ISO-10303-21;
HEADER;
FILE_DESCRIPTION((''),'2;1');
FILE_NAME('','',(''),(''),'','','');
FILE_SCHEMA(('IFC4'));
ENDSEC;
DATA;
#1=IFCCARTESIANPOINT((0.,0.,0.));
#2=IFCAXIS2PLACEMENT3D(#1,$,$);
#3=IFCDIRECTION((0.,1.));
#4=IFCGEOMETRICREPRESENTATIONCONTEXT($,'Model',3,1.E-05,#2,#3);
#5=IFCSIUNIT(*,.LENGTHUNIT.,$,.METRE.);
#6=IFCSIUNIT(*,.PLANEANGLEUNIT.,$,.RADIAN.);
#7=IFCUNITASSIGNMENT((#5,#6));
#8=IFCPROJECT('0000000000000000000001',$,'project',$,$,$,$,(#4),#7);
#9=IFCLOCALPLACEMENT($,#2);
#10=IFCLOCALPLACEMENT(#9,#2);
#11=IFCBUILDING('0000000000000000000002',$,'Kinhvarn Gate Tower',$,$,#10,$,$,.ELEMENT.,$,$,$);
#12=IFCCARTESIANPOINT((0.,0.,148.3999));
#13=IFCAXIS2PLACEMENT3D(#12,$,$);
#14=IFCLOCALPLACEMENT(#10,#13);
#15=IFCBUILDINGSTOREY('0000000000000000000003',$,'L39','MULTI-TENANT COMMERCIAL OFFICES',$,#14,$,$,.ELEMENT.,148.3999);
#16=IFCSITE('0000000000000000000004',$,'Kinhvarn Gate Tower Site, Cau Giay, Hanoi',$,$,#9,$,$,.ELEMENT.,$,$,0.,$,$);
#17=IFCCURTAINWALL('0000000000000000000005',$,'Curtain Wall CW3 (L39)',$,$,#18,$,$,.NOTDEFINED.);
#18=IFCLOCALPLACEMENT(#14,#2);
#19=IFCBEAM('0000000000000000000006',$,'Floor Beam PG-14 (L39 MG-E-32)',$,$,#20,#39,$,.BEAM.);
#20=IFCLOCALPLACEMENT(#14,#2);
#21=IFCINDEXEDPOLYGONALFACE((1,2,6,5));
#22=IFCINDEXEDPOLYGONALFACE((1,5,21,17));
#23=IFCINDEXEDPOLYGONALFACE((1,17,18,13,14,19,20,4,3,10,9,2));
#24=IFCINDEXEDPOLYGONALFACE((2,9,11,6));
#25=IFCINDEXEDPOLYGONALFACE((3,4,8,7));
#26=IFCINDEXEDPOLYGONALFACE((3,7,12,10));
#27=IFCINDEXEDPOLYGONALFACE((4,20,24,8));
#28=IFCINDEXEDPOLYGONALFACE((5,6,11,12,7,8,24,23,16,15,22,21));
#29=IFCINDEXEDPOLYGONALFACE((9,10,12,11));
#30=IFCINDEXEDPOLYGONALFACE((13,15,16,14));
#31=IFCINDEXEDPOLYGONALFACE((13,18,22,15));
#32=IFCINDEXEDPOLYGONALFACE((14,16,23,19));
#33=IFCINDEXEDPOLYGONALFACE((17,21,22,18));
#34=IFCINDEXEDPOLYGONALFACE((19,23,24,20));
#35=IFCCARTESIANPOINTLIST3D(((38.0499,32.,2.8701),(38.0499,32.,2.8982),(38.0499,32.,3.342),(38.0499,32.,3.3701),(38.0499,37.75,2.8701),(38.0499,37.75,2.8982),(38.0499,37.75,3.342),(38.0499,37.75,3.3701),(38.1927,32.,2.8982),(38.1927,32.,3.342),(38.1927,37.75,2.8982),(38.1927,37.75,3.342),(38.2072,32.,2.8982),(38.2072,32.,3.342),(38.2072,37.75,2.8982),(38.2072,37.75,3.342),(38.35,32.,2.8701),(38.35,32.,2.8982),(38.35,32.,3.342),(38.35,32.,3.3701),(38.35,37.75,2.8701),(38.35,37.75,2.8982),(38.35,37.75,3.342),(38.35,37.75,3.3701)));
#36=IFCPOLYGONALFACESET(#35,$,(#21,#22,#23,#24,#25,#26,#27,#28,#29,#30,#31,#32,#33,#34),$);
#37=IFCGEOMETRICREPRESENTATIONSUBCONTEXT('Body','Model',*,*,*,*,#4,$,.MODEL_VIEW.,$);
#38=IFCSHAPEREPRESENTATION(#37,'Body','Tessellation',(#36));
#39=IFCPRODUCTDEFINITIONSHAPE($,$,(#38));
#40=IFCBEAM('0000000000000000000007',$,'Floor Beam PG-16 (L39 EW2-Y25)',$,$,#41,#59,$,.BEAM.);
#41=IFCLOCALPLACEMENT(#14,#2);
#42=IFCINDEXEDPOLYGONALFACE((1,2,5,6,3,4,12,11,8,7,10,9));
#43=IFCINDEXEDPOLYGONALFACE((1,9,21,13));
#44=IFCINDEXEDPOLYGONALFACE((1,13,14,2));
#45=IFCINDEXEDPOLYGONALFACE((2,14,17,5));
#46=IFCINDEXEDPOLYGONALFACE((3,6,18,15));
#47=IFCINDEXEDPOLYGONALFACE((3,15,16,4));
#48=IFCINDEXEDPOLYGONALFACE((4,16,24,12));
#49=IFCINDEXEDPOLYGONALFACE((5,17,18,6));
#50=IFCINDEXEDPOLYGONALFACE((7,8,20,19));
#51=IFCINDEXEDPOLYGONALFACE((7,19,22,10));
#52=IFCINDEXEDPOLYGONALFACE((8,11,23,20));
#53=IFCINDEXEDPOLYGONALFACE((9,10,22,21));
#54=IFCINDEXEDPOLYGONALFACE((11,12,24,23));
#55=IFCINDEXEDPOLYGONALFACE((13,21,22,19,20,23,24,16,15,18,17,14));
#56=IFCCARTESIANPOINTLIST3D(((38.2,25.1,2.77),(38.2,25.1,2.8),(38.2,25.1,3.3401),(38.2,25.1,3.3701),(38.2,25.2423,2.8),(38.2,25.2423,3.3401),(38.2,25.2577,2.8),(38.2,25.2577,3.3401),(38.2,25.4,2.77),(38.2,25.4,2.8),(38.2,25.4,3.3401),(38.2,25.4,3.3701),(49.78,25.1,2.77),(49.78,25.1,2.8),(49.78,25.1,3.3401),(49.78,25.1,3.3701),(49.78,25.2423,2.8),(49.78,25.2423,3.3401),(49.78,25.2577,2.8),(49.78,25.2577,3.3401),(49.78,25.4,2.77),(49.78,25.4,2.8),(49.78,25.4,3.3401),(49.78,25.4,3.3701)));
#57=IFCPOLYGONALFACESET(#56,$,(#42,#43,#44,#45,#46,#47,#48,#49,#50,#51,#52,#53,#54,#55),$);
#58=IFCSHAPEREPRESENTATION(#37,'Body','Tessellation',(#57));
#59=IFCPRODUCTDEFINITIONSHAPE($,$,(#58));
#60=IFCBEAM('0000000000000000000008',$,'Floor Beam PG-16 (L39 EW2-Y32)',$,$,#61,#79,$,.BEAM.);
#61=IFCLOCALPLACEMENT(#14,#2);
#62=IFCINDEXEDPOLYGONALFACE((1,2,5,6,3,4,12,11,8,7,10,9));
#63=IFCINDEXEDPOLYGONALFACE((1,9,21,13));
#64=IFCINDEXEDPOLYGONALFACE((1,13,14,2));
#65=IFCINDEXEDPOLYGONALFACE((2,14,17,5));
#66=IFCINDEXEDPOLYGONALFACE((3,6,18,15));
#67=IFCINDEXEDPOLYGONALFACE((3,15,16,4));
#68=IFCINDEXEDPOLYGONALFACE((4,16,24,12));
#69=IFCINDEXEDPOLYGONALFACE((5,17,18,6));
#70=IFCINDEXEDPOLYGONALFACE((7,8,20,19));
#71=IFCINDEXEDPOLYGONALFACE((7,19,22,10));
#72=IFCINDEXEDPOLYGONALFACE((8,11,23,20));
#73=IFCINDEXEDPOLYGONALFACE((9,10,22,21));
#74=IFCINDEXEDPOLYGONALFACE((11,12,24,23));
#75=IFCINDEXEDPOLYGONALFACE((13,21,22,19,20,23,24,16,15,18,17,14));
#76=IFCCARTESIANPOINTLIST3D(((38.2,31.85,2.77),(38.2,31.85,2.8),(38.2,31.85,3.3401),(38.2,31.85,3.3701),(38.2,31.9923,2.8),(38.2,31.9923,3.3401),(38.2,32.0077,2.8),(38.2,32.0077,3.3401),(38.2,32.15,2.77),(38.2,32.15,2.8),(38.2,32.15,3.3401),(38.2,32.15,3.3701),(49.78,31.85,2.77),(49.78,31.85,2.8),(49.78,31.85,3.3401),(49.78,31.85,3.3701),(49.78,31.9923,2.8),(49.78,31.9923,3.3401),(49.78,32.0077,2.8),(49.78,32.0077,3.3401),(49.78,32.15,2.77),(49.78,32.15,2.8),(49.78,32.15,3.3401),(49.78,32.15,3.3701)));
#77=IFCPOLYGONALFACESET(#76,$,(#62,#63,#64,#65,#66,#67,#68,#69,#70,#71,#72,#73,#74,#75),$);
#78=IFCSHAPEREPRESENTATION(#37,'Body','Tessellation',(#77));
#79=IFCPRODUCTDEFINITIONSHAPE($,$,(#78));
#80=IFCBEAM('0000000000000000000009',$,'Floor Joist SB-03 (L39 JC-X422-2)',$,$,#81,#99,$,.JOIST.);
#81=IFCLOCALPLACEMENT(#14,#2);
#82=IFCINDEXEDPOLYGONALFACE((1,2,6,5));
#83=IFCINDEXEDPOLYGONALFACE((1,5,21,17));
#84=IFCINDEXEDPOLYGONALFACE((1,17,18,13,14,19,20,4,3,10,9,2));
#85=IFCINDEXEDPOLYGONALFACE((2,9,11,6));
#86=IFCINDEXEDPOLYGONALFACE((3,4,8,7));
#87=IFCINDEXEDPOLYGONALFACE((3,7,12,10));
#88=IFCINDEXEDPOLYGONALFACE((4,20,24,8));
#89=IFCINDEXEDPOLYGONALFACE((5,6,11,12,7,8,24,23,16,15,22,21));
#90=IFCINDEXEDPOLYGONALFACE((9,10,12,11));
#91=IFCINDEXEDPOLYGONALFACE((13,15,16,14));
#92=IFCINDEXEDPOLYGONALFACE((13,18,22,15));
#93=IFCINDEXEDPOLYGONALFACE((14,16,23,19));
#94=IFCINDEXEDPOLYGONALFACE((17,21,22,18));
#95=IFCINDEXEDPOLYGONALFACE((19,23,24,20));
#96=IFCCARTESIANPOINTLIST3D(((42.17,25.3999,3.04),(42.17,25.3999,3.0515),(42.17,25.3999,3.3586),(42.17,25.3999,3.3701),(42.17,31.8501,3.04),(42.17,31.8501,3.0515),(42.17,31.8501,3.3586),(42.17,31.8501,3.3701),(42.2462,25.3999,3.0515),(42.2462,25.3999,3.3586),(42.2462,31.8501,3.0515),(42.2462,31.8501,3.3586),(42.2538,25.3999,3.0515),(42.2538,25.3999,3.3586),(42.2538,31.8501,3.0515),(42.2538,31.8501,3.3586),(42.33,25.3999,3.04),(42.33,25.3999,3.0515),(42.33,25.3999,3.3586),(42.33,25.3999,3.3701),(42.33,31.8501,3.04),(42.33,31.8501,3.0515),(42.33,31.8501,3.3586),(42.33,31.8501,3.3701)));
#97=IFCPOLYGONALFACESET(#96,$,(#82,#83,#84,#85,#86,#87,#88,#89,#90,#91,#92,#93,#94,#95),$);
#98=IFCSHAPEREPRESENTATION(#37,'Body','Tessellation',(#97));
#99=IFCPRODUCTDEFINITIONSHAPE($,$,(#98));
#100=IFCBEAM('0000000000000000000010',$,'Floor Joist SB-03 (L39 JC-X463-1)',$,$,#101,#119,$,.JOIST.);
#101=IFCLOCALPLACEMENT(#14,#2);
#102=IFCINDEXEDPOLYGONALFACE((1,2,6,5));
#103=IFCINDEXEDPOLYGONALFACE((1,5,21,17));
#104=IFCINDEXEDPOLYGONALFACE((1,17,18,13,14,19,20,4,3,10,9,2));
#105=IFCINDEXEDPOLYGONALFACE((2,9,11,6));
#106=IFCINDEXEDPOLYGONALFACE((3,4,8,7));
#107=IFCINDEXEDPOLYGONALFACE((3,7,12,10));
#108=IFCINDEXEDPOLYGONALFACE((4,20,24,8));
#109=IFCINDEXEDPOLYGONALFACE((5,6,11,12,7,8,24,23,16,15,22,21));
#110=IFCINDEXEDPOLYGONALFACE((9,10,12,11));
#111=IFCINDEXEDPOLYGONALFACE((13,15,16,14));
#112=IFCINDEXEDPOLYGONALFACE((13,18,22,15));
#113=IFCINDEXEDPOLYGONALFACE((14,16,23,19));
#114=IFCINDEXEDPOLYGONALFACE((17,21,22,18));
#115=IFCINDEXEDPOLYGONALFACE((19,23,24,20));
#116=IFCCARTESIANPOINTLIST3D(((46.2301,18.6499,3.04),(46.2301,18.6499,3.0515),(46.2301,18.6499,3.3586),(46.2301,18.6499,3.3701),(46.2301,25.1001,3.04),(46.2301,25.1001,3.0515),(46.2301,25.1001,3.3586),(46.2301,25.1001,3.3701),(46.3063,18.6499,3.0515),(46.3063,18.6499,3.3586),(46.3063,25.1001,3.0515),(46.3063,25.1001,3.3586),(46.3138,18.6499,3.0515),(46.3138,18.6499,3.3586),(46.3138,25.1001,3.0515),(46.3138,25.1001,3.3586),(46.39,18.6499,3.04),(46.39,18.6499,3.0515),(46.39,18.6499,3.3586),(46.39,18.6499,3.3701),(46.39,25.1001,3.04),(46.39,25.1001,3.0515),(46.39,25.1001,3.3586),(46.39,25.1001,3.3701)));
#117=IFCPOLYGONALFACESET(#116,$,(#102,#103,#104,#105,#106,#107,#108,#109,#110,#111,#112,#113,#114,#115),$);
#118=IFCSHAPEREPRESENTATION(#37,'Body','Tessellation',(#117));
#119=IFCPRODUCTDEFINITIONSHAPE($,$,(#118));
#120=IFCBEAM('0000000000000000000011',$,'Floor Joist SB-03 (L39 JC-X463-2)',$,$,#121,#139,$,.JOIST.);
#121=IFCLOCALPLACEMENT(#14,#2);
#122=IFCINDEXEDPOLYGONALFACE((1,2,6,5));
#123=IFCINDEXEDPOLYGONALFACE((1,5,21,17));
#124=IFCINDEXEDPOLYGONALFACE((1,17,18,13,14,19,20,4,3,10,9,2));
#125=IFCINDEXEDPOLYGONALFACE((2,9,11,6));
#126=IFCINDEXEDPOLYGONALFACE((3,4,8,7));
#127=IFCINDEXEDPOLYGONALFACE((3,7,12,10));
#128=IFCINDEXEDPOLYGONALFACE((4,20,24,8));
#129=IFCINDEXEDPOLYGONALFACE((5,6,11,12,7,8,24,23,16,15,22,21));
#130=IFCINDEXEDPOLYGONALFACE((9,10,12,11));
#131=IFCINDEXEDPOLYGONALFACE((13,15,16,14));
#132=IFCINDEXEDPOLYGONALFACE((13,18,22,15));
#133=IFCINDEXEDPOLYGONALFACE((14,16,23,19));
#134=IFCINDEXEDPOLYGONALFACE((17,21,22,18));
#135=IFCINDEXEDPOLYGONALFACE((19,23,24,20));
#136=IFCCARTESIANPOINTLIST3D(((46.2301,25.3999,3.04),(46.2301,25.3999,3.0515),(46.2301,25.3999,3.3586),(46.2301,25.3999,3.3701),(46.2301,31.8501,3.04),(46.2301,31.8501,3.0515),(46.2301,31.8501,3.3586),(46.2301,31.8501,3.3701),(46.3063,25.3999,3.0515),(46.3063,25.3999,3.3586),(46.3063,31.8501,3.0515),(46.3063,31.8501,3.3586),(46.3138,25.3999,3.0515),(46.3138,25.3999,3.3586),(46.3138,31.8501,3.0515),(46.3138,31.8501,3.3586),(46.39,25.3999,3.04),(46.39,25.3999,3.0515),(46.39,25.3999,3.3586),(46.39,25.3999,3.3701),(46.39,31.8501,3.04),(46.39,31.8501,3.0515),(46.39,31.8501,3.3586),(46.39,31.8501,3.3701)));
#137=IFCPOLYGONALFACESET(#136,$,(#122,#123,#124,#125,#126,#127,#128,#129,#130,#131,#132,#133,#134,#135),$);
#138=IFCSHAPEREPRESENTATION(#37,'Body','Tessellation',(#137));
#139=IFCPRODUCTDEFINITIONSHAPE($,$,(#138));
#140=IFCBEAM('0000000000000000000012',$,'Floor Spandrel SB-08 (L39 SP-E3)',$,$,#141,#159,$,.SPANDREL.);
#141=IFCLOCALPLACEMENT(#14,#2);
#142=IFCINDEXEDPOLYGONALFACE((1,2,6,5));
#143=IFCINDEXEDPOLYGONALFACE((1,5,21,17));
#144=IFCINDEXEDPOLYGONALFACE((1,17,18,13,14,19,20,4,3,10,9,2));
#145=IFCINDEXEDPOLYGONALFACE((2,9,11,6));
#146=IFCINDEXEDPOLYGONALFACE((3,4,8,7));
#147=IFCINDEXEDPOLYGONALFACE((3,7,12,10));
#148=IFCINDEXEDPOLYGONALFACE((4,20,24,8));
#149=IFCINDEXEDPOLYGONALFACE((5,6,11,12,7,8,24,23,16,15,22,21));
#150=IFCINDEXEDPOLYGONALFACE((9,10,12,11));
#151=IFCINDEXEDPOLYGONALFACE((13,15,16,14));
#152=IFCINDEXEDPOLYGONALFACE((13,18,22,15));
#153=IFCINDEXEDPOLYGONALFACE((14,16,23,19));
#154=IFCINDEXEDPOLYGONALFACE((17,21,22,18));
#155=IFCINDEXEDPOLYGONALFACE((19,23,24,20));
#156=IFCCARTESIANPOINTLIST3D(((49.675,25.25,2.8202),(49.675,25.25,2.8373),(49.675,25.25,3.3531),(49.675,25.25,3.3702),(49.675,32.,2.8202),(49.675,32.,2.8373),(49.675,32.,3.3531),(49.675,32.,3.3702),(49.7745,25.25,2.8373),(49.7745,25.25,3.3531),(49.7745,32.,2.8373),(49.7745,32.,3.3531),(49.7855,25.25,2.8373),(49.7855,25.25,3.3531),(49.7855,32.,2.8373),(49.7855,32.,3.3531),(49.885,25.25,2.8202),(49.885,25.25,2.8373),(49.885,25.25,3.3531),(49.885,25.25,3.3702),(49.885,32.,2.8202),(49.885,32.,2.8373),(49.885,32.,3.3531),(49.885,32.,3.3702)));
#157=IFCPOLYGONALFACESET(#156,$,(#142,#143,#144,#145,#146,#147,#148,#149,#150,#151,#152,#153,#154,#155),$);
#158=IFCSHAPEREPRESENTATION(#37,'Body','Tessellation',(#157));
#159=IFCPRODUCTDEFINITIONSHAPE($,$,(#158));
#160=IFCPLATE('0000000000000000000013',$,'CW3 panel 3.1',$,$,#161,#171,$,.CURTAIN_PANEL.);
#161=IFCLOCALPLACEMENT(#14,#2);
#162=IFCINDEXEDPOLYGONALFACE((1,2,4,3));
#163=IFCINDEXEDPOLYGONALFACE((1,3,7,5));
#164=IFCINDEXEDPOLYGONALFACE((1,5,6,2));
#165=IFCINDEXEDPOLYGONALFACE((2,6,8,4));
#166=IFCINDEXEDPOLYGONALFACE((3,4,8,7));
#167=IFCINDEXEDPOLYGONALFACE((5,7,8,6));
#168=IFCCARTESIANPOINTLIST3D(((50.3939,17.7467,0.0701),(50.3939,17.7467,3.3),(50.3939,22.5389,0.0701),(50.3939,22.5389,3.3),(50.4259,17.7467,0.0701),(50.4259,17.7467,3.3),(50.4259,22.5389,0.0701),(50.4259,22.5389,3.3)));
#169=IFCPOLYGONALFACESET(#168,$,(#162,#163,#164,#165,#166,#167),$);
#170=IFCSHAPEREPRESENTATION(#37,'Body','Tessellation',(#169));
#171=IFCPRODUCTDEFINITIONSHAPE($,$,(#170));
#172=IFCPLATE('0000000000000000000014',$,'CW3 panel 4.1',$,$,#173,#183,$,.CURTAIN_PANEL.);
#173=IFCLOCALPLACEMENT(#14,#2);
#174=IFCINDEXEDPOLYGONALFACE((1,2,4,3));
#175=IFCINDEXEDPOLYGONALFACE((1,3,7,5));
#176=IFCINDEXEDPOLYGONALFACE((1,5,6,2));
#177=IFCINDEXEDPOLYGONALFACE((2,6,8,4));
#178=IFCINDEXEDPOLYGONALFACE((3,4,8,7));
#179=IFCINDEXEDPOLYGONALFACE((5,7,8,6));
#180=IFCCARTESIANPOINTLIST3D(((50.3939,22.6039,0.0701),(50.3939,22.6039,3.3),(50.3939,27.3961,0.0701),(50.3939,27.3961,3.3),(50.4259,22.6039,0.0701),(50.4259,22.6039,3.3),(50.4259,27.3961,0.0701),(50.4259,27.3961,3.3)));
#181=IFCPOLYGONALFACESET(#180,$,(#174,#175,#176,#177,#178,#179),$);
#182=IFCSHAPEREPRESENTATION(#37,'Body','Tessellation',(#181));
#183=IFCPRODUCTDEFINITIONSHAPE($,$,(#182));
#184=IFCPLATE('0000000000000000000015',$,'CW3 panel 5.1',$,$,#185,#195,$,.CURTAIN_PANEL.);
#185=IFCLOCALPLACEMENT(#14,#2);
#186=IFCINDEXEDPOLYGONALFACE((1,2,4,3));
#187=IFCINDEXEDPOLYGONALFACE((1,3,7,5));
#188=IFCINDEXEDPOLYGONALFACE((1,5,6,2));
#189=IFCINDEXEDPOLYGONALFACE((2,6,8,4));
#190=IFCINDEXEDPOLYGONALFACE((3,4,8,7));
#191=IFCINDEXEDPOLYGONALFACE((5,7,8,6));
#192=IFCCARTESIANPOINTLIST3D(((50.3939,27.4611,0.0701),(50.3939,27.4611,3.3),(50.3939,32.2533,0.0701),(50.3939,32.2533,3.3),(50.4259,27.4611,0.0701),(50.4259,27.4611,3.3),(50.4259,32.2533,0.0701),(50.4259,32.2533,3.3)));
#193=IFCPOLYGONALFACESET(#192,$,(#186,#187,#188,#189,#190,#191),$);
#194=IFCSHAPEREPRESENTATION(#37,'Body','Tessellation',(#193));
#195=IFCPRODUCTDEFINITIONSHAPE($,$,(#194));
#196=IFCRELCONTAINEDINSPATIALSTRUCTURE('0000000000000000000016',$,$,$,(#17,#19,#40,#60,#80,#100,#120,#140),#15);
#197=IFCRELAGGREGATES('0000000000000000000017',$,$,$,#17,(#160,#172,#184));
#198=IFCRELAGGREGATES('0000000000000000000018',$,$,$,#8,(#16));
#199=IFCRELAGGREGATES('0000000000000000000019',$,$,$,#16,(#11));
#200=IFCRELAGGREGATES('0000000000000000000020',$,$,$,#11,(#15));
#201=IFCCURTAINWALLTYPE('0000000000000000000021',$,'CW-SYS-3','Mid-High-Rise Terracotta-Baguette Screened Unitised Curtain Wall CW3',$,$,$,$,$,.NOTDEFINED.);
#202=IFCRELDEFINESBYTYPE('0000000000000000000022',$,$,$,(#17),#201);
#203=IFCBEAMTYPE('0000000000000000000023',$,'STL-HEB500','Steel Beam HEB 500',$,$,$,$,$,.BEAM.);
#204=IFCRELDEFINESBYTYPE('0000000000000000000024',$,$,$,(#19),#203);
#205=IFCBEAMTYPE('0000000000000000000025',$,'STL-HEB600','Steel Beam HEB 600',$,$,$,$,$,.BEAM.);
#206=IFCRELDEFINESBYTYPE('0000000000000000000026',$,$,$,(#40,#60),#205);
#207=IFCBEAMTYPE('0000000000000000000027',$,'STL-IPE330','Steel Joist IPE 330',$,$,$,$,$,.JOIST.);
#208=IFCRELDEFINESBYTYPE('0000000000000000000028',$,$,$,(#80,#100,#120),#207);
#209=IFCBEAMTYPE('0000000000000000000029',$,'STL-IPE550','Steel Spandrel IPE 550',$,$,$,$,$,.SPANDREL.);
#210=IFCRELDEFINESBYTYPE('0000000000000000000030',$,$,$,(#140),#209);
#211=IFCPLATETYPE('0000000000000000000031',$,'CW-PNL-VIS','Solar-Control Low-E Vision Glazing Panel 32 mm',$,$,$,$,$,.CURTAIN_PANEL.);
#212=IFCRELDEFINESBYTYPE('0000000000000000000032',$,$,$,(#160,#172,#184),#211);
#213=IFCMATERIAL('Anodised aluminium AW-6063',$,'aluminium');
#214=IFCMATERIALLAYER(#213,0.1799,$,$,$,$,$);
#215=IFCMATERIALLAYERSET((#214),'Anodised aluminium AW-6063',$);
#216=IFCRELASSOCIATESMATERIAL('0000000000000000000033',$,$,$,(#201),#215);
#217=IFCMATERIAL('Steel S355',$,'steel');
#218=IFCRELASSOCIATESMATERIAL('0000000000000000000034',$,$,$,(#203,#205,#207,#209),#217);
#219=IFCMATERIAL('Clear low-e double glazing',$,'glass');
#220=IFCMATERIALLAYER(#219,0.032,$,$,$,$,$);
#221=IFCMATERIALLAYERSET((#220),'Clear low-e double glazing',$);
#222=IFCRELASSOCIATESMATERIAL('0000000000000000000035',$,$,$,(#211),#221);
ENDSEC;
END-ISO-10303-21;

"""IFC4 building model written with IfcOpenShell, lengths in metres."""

from ifc_helpers import new_model, si_unit, direction, frame, origin, origin_2d, place, context, subcontext, project, spatial, rectangle, i_section, extrude, material, layer, layer_set, material_profile, profile_set, type_object, element, aggregate, save


model = new_model("IFC4")

# Units and contexts
model_context = context("Model", 3, precision=1e-05, world=origin(), true_north=direction((0.0, 1.0)))
body_context = subcontext(model_context, "Body", "Model", "MODEL_VIEW")
ifc_project = project(units=[si_unit("LENGTHUNIT", "METRE"), si_unit("PLANEANGLEUNIT", "RADIAN")], contexts=[model_context])

# Site, building, storey
site_placement = place(None, origin())
site = spatial("IfcSite", under=ifc_project, at=site_placement, Name="Kinhvarn Gate Tower Site, Cau Giay, Hanoi", CompositionType="ELEMENT", RefElevation=0.0)
building_placement = place(site_placement, origin())
building = spatial("IfcBuilding", under=site, at=building_placement, Name="Kinhvarn Gate Tower", CompositionType="ELEMENT")
storey_placement = place(building_placement, frame((0.0, 0.0, 148.3999)))
storey = spatial("IfcBuildingStorey", under=building, at=storey_placement, Name="L39", Description="MULTI-TENANT COMMERCIAL OFFICES", CompositionType="ELEMENT", Elevation=148.3999)

# Curtain wall
ifc_material_1 = material(Name="Anodised aluminium AW-6063", Category="aluminium")
ifc_layer_1 = layer(ifc_material_1, 0.1799)
ifc_layer_set_1 = layer_set([ifc_layer_1], Name="Anodised aluminium AW-6063")
curtain_wall_type = type_object("IfcCurtainWallType", Name="CW-SYS-3", Description="Mid-High-Rise Terracotta-Baguette Screened Unitised Curtain Wall CW3", PredefinedType="NOTDEFINED", material=ifc_layer_set_1)
curtain_wall_placement = place(storey_placement, origin())
curtain_wall = element("IfcCurtainWall", 1, at=curtain_wall_placement, inside=storey, type_object=curtain_wall_type, Name="Curtain Wall CW3 (L39)", PredefinedType="NOTDEFINED")

# Beams
ifc_material_2 = material(Name="Steel S355", Category="steel")
ifc_material_profile_1 = material_profile(ifc_material_2, i_section(OverallWidth=0.3, OverallDepth=0.5, WebThickness=0.0144, FlangeThickness=0.0281, at=origin_2d()), Name="HEB 500")
ifc_profile_set_1 = profile_set([ifc_material_profile_1], Name="Steel S355")
beam_type_1 = type_object("IfcBeamType", Name="STL-HEB500", Description="Steel Beam HEB 500", PredefinedType="BEAM", material=ifc_profile_set_1)
beam_1_placement = place(storey_placement, frame((38.2, 32.0, 3.1201), z_axis=(0.0, 1.0, 0.0), x_axis=(-1.0, 0.0, 0.0)))
element("IfcBeam", 2, at=beam_1_placement, inside=storey, type_object=beam_type_1, Name="Floor Beam PG-14 (L39 MG-E-32)", PredefinedType="BEAM", context=body_context, shape_type="SweptSolid", body=[
    extrude(i_section(OverallWidth=0.3, OverallDepth=0.5, WebThickness=0.0144, FlangeThickness=0.0281, at=origin_2d()), origin(), (0.0, 0.0, 1.0), 5.75),
])
ifc_material_profile_2 = material_profile(ifc_material_2, i_section(OverallWidth=0.3, OverallDepth=0.6001, WebThickness=0.0154, FlangeThickness=0.03, at=origin_2d()), Name="HEB 600")
ifc_profile_set_2 = profile_set([ifc_material_profile_2], Name="Steel S355")
beam_type_2 = type_object("IfcBeamType", Name="STL-HEB600", Description="Steel Beam HEB 600", PredefinedType="BEAM", material=ifc_profile_set_2)
for number, where, z_axis, x_axis, name in (
    (3, (38.2, 25.25, 3.0701), (1.0, 0.0, 0.0), (0.0, 1.0, 0.0), "Floor Beam PG-16 (L39 EW2-Y25)"),
    (4, (38.2, 32.0, 3.0701), (1.0, 0.0, 0.0), (0.0, 1.0, 0.0), "Floor Beam PG-16 (L39 EW2-Y32)"),
):
    element("IfcBeam", number, at=place(storey_placement, frame(where, z_axis=z_axis, x_axis=x_axis)), inside=storey, type_object=beam_type_2, Name=name, PredefinedType="BEAM", context=body_context, shape_type="SweptSolid", body=[
        extrude(i_section(OverallWidth=0.3, OverallDepth=0.6001, WebThickness=0.0154, FlangeThickness=0.03, at=origin_2d()), origin(), (0.0, 0.0, 1.0), 11.5801),
    ])
ifc_material_profile_3 = material_profile(ifc_material_2, i_section(OverallWidth=0.1599, OverallDepth=0.3301, WebThickness=0.0076, FlangeThickness=0.0115, at=origin_2d()), Name="IPE 330")
ifc_profile_set_3 = profile_set([ifc_material_profile_3], Name="Steel S355")
beam_type_3 = type_object("IfcBeamType", Name="STL-IPE330", Description="Steel Joist IPE 330", PredefinedType="JOIST", material=ifc_profile_set_3)
for number, where, z_axis, x_axis, name in (
    (5, (42.25, 25.3999, 3.2051), (0.0, 1.0, 0.0), (-1.0, 0.0, 0.0), "Floor Joist SB-03 (L39 JC-X422-2)"),
    (6, (46.3101, 18.6499, 3.2051), (0.0, 1.0, 0.0), (-1.0, 0.0, 0.0), "Floor Joist SB-03 (L39 JC-X463-1)"),
    (7, (46.3101, 25.3999, 3.2051), (0.0, 1.0, 0.0), (-1.0, 0.0, 0.0), "Floor Joist SB-03 (L39 JC-X463-2)"),
):
    element("IfcBeam", number, at=place(storey_placement, frame(where, z_axis=z_axis, x_axis=x_axis)), inside=storey, type_object=beam_type_3, Name=name, PredefinedType="JOIST", context=body_context, shape_type="SweptSolid", body=[
        extrude(i_section(OverallWidth=0.1599, OverallDepth=0.3301, WebThickness=0.0076, FlangeThickness=0.0115, at=origin_2d()), origin(), (0.0, 0.0, 1.0), 6.4502),
    ])
ifc_material_profile_4 = material_profile(ifc_material_2, i_section(OverallWidth=0.21, OverallDepth=0.55, WebThickness=0.011, FlangeThickness=0.0171, at=origin_2d()), Name="IPE 550")
ifc_profile_set_4 = profile_set([ifc_material_profile_4], Name="Steel S355")
beam_type_4 = type_object("IfcBeamType", Name="STL-IPE550", Description="Steel Spandrel IPE 550", PredefinedType="SPANDREL", material=ifc_profile_set_4)
beam_2_placement = place(storey_placement, frame((49.78, 25.25, 3.0952), z_axis=(0.0, 1.0, 0.0), x_axis=(-1.0, 0.0, 0.0)))
element("IfcBeam", 8, at=beam_2_placement, inside=storey, type_object=beam_type_4, Name="Floor Spandrel SB-08 (L39 SP-E3)", PredefinedType="SPANDREL", context=body_context, shape_type="SweptSolid", body=[
    extrude(i_section(OverallWidth=0.21, OverallDepth=0.55, WebThickness=0.011, FlangeThickness=0.0171, at=origin_2d()), origin(), (0.0, 0.0, 1.0), 6.75),
])

# Plates
ifc_material_3 = material(Name="Clear low-e double glazing", Category="glass")
ifc_layer_2 = layer(ifc_material_3, 0.032)
ifc_layer_set_2 = layer_set([ifc_layer_2], Name="Clear low-e double glazing")
plate_type = type_object("IfcPlateType", Name="CW-PNL-VIS", Description="Solar-Control Low-E Vision Glazing Panel 32 mm", PredefinedType="CURTAIN_PANEL", material=ifc_layer_set_2)
plate_1_placement = place(storey_placement, frame((50.4099, 20.1428, 0.0701), z_axis=(0.0, 0.0, 1.0), x_axis=(0.0, 1.0, 0.0)))
plate_1 = element("IfcPlate", 9, at=plate_1_placement, type_object=plate_type, Name="CW3 panel 3.1", PredefinedType="CURTAIN_PANEL", context=body_context, shape_type="SweptSolid", body=[
    extrude(rectangle(XDim=4.7922, YDim=0.032, at=origin_2d()), origin(), (0.0, 0.0, 1.0), 3.23),
])
plate_2_placement = place(storey_placement, frame((50.4099, 25.0, 0.0701), z_axis=(0.0, 0.0, 1.0), x_axis=(0.0, 1.0, 0.0)))
plate_2 = element("IfcPlate", 10, at=plate_2_placement, type_object=plate_type, Name="CW3 panel 4.1", PredefinedType="CURTAIN_PANEL", context=body_context, shape_type="SweptSolid", body=[
    extrude(rectangle(XDim=4.7922, YDim=0.032, at=origin_2d()), origin(), (0.0, 0.0, 1.0), 3.23),
])
plate_3_placement = place(storey_placement, frame((50.4099, 29.8572, 0.0701), z_axis=(0.0, 0.0, 1.0), x_axis=(0.0, 1.0, 0.0)))
plate_3 = element("IfcPlate", 11, at=plate_3_placement, type_object=plate_type, Name="CW3 panel 5.1", PredefinedType="CURTAIN_PANEL", context=body_context, shape_type="SweptSolid", body=[
    extrude(rectangle(XDim=4.7922, YDim=0.032, at=origin_2d()), origin(), (0.0, 0.0, 1.0), 3.23),
])
aggregate(curtain_wall, [plate_1, plate_2, plate_3])

save(model, "model.ifc")
